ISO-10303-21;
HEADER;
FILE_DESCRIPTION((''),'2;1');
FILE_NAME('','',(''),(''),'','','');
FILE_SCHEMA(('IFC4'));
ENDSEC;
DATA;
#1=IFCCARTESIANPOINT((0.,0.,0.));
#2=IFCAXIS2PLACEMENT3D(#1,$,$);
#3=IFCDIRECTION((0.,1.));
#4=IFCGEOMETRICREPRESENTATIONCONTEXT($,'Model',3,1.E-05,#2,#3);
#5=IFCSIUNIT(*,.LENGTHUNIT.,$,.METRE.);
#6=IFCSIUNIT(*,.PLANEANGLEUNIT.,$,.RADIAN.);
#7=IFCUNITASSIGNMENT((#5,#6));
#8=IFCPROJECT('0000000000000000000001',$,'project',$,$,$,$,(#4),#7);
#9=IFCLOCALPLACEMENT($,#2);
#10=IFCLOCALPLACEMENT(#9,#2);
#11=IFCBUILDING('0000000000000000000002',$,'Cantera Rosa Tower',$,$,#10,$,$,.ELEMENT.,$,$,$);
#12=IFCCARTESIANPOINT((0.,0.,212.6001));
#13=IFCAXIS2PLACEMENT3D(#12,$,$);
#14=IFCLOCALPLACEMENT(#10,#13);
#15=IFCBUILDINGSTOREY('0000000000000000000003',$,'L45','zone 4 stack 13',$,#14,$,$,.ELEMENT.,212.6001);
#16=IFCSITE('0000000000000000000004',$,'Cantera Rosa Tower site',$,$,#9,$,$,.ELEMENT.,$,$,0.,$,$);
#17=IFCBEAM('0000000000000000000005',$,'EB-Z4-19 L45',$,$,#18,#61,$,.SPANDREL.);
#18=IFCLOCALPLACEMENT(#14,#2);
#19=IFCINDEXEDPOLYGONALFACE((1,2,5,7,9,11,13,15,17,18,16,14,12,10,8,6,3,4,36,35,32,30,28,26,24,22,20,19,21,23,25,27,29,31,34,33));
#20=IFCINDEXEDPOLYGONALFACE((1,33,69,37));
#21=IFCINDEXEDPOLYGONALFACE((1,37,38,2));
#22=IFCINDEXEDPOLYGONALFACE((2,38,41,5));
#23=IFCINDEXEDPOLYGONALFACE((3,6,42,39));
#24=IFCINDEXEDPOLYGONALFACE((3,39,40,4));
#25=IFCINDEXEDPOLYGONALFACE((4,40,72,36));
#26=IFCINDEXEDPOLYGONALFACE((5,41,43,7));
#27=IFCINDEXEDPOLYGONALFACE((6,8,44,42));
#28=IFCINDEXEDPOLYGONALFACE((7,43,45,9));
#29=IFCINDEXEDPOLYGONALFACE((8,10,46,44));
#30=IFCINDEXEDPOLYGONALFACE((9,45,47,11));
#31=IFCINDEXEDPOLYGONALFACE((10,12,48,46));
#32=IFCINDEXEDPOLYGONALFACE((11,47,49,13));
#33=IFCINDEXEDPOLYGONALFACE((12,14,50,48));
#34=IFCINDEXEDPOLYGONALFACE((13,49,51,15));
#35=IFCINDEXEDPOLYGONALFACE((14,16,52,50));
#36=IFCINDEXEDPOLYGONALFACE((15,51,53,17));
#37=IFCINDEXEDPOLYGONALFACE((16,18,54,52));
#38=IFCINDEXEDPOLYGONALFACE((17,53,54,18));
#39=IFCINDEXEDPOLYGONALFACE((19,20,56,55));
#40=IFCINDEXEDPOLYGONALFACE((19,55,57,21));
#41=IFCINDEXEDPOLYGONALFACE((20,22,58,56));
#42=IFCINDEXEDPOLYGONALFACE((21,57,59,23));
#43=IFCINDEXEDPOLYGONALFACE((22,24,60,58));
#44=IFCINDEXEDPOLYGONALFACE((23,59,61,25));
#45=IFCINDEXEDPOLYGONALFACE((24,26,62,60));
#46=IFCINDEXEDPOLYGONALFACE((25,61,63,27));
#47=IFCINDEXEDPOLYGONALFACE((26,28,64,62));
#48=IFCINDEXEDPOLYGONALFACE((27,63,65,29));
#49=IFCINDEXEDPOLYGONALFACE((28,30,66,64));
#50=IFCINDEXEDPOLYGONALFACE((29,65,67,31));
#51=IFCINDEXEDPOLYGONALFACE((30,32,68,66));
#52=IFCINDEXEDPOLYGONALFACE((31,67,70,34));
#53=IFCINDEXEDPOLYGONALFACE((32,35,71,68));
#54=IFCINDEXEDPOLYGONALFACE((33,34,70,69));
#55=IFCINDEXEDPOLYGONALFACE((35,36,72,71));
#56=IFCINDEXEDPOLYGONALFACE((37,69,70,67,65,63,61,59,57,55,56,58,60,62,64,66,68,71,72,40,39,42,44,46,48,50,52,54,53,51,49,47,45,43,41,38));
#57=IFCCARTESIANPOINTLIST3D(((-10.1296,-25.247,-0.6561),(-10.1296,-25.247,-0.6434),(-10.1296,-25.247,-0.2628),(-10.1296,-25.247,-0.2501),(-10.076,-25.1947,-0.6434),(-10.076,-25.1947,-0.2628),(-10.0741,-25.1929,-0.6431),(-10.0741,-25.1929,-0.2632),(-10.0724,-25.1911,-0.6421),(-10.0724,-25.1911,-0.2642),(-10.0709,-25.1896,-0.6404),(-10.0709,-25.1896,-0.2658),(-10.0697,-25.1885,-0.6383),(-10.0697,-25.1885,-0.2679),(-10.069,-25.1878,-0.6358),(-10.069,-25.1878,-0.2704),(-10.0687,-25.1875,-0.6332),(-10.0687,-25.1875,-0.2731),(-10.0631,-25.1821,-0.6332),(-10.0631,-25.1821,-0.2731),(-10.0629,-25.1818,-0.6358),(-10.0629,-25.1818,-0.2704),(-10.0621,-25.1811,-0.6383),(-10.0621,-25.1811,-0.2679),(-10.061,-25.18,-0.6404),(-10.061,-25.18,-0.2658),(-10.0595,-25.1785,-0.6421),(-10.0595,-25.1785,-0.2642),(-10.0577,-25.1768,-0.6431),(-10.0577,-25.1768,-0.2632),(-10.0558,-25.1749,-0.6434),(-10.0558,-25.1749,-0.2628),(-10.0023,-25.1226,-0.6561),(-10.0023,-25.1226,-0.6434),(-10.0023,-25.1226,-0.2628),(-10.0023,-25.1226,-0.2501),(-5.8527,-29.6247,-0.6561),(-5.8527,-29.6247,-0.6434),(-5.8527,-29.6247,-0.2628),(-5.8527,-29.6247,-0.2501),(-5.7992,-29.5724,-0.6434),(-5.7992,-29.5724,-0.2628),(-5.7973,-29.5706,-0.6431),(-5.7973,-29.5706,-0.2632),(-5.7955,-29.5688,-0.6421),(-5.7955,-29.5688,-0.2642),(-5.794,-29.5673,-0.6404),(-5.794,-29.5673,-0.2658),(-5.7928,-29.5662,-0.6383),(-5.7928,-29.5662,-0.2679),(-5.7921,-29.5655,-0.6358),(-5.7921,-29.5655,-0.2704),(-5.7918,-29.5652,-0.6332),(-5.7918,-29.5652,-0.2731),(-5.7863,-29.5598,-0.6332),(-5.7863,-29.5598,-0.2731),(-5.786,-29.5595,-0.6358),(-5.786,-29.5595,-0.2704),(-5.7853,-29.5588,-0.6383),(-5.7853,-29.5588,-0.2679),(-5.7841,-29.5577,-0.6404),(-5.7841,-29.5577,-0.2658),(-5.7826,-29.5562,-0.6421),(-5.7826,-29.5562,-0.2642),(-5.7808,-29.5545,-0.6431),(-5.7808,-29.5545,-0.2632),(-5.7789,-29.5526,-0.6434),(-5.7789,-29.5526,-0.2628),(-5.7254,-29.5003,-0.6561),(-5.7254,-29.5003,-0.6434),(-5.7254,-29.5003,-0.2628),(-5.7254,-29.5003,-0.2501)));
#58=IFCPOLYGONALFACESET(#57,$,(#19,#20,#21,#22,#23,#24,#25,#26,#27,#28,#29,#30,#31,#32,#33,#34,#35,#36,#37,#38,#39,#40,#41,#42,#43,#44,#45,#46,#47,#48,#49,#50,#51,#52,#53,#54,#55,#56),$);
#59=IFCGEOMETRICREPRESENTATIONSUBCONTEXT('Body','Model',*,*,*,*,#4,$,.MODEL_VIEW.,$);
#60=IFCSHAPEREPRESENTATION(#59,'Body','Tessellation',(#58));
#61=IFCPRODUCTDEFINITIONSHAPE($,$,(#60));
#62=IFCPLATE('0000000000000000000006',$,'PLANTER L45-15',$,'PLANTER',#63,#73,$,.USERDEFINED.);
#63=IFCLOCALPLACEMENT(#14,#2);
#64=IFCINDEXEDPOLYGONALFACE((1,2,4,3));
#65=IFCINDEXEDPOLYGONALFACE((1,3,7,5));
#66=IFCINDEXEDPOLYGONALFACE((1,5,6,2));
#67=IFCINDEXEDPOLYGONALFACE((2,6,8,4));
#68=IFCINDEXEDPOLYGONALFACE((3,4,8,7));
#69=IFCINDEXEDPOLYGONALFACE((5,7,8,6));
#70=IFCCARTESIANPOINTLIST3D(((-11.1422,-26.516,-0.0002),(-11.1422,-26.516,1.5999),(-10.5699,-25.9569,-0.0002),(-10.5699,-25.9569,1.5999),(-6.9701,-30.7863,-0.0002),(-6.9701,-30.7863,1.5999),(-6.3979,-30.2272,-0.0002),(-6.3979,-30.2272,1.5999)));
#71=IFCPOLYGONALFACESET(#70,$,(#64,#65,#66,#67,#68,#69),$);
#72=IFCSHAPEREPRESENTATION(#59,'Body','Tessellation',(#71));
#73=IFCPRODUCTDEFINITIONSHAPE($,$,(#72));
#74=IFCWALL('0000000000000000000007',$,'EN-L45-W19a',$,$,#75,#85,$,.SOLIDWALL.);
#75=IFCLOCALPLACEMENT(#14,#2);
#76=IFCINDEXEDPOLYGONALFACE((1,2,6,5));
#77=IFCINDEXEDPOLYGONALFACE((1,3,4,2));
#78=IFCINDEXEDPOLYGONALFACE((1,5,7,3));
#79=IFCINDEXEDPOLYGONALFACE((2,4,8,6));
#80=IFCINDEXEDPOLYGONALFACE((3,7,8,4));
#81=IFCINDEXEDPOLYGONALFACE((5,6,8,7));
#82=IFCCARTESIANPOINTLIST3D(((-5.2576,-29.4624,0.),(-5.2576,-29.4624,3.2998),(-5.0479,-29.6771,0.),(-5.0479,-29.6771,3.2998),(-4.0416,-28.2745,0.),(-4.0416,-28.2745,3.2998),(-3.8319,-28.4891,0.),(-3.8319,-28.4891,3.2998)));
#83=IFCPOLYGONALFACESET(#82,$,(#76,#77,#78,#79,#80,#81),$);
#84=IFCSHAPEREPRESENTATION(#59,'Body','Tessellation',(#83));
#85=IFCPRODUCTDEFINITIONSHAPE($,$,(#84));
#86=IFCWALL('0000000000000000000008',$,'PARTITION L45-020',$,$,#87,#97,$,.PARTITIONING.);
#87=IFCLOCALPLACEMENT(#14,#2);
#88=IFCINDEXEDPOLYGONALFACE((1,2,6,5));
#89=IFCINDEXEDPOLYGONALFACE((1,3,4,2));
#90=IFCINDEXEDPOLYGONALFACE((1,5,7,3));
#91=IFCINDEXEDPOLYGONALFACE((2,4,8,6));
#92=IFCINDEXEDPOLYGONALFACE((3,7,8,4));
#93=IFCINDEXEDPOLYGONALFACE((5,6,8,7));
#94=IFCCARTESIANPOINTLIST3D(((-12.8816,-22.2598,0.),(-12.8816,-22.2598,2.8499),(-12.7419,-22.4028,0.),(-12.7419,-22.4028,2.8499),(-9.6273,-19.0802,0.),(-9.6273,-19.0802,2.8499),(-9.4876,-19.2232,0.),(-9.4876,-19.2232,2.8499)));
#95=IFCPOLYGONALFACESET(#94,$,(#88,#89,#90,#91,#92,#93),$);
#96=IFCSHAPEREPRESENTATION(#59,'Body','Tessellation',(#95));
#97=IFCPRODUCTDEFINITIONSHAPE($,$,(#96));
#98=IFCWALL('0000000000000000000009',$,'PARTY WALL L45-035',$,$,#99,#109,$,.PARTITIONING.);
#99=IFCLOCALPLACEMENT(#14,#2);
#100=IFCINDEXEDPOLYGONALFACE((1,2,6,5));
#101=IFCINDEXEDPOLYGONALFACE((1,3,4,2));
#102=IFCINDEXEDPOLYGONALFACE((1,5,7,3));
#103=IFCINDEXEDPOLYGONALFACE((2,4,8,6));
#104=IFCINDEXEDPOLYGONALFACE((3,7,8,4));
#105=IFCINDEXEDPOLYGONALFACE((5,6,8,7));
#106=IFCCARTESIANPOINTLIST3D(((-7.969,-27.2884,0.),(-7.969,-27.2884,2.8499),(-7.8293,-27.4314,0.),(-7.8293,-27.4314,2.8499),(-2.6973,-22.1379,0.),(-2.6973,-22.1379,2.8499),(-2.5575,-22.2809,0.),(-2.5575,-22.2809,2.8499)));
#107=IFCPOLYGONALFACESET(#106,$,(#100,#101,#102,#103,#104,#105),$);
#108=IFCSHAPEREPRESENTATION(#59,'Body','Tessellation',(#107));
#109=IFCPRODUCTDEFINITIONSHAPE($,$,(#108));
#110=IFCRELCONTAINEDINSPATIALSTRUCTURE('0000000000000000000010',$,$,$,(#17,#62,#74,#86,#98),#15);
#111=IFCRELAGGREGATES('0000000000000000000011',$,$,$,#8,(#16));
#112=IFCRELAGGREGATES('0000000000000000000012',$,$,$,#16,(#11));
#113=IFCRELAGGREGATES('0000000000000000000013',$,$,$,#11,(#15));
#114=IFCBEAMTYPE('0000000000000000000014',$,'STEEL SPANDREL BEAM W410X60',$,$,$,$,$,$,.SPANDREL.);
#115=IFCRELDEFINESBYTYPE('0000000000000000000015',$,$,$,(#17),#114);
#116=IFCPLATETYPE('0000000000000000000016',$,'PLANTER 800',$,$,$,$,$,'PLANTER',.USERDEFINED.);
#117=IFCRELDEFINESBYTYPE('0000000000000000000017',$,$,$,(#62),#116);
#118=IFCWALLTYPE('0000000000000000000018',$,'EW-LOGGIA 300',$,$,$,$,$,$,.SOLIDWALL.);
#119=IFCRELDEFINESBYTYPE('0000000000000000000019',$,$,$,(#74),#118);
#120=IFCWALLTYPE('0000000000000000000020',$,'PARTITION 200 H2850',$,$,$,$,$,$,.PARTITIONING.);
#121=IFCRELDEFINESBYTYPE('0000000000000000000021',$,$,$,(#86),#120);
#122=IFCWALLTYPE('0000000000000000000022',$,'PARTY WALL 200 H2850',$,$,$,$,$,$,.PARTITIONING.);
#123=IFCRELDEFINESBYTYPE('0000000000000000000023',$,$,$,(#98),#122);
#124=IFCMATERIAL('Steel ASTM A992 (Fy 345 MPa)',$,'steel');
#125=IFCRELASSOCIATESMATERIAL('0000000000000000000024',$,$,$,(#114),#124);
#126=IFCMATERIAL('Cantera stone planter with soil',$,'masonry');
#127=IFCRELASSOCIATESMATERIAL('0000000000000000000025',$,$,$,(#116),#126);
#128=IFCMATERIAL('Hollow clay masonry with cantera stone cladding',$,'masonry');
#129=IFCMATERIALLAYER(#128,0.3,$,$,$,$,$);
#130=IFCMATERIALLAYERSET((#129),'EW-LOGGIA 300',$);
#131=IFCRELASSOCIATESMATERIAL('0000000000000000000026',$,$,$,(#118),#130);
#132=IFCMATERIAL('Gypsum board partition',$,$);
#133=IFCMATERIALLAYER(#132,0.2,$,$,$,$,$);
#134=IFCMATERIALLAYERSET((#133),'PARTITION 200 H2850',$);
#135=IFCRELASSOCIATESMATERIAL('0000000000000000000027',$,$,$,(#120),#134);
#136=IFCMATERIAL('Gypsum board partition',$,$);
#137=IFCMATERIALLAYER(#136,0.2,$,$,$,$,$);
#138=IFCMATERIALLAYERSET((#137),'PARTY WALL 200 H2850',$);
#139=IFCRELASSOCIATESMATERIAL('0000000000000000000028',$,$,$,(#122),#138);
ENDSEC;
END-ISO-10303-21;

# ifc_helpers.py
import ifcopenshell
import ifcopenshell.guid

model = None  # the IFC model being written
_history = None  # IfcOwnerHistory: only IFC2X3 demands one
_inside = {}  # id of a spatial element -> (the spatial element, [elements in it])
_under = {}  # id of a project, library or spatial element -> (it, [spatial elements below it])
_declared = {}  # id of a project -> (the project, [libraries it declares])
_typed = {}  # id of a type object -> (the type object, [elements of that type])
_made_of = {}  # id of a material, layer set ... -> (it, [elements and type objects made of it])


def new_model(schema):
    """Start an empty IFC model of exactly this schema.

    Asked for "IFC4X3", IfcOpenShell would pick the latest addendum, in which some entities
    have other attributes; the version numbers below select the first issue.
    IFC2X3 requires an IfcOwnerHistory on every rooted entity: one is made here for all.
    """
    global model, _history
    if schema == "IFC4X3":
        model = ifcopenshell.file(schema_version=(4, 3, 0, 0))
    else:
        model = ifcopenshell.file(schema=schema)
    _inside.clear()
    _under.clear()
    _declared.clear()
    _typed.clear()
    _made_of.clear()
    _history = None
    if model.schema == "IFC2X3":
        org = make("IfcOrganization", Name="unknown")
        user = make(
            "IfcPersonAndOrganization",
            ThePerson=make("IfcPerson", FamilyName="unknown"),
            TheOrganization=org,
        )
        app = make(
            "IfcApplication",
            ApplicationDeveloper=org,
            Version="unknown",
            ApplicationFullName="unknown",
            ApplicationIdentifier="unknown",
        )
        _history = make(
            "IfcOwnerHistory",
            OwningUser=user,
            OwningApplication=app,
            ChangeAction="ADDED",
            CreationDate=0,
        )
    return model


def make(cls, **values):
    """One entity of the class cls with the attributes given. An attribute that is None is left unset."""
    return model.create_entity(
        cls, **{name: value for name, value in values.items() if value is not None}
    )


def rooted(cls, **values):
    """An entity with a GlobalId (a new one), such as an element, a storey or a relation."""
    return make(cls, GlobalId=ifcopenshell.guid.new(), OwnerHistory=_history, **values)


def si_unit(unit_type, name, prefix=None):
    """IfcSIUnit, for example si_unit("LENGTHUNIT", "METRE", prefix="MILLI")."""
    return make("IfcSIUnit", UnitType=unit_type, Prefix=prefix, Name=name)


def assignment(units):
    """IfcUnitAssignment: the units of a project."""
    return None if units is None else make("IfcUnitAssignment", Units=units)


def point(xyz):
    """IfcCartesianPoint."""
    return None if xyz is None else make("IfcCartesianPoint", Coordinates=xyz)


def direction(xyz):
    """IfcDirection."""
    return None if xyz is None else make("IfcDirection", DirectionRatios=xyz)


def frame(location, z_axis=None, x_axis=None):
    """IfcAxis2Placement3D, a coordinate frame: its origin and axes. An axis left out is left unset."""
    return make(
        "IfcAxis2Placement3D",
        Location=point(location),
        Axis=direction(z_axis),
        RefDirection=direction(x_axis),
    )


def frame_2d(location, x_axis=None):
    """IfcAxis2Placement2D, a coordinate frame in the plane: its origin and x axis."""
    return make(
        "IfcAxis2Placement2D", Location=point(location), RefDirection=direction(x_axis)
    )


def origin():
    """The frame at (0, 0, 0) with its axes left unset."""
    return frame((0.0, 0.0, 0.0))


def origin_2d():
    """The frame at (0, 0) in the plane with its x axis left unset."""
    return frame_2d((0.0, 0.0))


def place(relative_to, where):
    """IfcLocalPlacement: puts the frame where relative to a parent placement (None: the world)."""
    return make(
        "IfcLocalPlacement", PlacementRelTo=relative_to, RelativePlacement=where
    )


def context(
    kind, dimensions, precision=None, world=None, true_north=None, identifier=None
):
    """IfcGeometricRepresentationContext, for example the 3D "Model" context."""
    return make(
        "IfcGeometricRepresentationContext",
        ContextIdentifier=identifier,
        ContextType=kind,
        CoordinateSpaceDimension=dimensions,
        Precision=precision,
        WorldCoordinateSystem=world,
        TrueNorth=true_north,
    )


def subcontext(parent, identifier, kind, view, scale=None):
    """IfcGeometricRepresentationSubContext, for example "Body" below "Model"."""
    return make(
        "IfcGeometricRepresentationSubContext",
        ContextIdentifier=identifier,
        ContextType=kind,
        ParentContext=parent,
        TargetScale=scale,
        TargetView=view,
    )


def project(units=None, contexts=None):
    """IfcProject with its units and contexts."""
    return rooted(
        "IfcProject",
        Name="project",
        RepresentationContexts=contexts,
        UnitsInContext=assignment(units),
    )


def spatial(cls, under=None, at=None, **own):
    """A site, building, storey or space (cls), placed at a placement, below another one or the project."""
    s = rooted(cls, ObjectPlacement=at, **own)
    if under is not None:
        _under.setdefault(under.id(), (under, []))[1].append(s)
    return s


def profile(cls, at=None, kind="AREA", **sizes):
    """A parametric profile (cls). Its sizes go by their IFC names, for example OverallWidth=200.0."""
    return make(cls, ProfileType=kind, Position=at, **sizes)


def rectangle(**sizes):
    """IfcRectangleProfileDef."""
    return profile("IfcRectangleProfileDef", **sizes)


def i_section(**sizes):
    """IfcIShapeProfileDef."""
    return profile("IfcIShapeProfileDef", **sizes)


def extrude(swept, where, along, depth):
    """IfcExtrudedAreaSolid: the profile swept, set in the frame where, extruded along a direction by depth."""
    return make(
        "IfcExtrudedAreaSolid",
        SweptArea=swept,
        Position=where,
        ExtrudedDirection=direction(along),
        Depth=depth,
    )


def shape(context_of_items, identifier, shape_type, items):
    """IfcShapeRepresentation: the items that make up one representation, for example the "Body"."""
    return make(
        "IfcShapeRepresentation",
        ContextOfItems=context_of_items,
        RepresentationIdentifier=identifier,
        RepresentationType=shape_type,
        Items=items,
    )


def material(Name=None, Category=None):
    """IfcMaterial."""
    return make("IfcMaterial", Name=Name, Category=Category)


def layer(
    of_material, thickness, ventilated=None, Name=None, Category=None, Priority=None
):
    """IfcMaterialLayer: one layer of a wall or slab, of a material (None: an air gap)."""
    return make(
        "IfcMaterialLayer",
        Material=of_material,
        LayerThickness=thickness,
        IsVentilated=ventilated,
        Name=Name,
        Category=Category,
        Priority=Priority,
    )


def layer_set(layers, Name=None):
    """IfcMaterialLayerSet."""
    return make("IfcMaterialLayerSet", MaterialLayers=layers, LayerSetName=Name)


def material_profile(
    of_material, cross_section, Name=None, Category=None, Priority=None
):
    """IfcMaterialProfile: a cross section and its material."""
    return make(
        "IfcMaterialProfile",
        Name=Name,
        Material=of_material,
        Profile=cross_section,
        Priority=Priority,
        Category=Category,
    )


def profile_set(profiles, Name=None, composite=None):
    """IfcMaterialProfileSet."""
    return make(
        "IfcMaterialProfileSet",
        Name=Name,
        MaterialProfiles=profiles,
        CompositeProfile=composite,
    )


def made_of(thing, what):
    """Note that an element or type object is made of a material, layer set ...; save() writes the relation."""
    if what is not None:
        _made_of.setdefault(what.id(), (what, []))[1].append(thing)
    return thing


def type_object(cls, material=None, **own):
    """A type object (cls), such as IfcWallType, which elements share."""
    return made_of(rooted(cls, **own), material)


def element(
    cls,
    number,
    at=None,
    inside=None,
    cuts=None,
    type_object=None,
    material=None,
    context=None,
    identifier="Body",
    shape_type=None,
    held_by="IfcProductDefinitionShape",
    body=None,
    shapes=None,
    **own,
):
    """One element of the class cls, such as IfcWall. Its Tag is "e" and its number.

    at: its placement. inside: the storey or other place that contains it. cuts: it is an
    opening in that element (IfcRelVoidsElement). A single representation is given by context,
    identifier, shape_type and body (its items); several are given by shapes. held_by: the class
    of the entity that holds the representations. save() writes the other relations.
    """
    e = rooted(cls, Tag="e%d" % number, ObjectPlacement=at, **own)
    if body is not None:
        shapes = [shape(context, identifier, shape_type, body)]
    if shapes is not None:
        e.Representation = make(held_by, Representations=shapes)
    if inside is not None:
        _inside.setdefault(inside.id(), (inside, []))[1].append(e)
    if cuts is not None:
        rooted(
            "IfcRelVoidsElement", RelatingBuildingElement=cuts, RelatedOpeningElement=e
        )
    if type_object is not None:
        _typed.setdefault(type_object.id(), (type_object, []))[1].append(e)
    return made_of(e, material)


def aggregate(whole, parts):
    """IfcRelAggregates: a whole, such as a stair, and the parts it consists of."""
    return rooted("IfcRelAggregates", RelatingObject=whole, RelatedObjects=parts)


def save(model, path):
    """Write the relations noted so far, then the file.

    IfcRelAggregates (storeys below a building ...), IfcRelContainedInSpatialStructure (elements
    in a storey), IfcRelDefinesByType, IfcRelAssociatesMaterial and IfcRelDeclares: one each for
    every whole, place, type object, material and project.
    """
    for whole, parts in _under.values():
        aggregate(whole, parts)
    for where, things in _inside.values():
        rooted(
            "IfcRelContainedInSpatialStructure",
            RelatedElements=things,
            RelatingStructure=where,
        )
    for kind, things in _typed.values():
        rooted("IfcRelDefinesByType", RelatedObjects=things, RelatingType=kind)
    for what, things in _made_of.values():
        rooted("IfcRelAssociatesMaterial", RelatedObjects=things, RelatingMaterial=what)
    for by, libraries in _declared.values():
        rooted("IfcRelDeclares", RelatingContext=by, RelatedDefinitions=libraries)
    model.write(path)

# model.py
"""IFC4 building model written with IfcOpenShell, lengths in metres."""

from ifc_helpers import new_model, si_unit, direction, frame, frame_2d, origin, origin_2d, place, context, subcontext, project, spatial, rectangle, i_section, extrude, material, layer, layer_set, material_profile, profile_set, type_object, element, save


model = new_model("IFC4")

# Units and contexts
model_context = context("Model", 3, precision=1e-05, world=origin(), true_north=direction((0.0, 1.0)))
body_context = subcontext(model_context, "Body", "Model", "MODEL_VIEW")
ifc_project = project(units=[si_unit("LENGTHUNIT", "METRE"), si_unit("PLANEANGLEUNIT", "RADIAN")], contexts=[model_context])

# Site, building, storey
site_placement = place(None, origin())
site = spatial("IfcSite", under=ifc_project, at=site_placement, Name="Cantera Rosa Tower site", CompositionType="ELEMENT", RefElevation=0.0)
building_placement = place(site_placement, origin())
building = spatial("IfcBuilding", under=site, at=building_placement, Name="Cantera Rosa Tower", CompositionType="ELEMENT")
storey_placement = place(building_placement, frame((0.0, 0.0, 212.6001)))
storey = spatial("IfcBuildingStorey", under=building, at=storey_placement, Name="L45", Description="zone 4 stack 13", CompositionType="ELEMENT", Elevation=212.6001)

# Beam
ifc_material_1 = material(Name="Steel ASTM A992 (Fy 345 MPa)", Category="steel")
ifc_material_profile_1 = material_profile(ifc_material_1, i_section(OverallWidth=0.178, OverallDepth=0.406, WebThickness=0.0078, FlangeThickness=0.0127, FilletRadius=0.0103, at=origin_2d()), Name="W410X60")
ifc_profile_set_1 = profile_set([ifc_material_profile_1], Name="Steel ASTM A992 (Fy 345 MPa)")
beam_type_1 = type_object("IfcBeamType", Name="STEEL SPANDREL BEAM W410X60", PredefinedType="SPANDREL", material=ifc_profile_set_1)
beam_1_placement = place(storey_placement, frame((-10.0659, -25.1848, -0.4531), z_axis=(0.698821, -0.715296, 0.0), x_axis=(0.715296, 0.698821, 0.0)))
element("IfcBeam", 1, at=beam_1_placement, inside=storey, type_object=beam_type_1, Name="EB-Z4-19 L45", PredefinedType="SPANDREL", context=body_context, shape_type="SweptSolid", body=[
    extrude(i_section(OverallWidth=0.178, OverallDepth=0.406, WebThickness=0.0078, FlangeThickness=0.0127, FilletRadius=0.0103, at=origin_2d()), origin(), (0.0, 0.0, 1.0), 6.1201),
])

# Plate
ifc_material_2 = material(Name="Cantera stone planter with soil", Category="masonry")
plate_type = type_object("IfcPlateType", Name="PLANTER 800", ElementType="PLANTER", PredefinedType="USERDEFINED", material=ifc_material_2)
plate_placement = place(storey_placement, frame((-8.77, -28.3716, -0.0002), z_axis=(0.0, 0.0, 1.0), x_axis=(0.698832, -0.715286, 0.0)))
element("IfcPlate", 2, at=plate_placement, inside=storey, type_object=plate_type, Name="PLANTER L45-15", ObjectType="PLANTER", PredefinedType="USERDEFINED", context=body_context, shape_type="SweptSolid", body=[
    extrude(rectangle(XDim=5.97, YDim=0.8, at=origin_2d()), origin(), (0.0, 0.0, 1.0), 1.6001),
])

# Wall
ifc_material_3 = material(Name="Hollow clay masonry with cantera stone cladding", Category="masonry")
ifc_layer_1 = layer(ifc_material_3, 0.3)
ifc_layer_set_1 = layer_set([ifc_layer_1], Name="EW-LOGGIA 300")
wall_type_1 = type_object("IfcWallType", Name="EW-LOGGIA 300", PredefinedType="SOLIDWALL", material=ifc_layer_set_1)
wall_1_placement = place(storey_placement, frame((-5.1528, -29.5698, 0.0), z_axis=(0.0, 0.0, 1.0), x_axis=(0.715316, 0.698801, 0.0)))
element("IfcWall", 3, at=wall_1_placement, inside=storey, type_object=wall_type_1, Name="EN-L45-W19a", PredefinedType="SOLIDWALL", context=body_context, shape_type="SweptSolid", body=[
    extrude(rectangle(XDim=1.7, YDim=0.3, at=frame_2d((0.8501, 0.0))), origin(), (0.0, 0.0, 1.0), 3.2998),
])

# Walls
ifc_material_4 = material(Name="Gypsum board partition")
ifc_layer_2 = layer(ifc_material_4, 0.2)
ifc_layer_set_2 = layer_set([ifc_layer_2], Name="PARTITION 200 H2850")
wall_type_2 = type_object("IfcWallType", Name="PARTITION 200 H2850", PredefinedType="PARTITIONING", material=ifc_layer_set_2)
wall_2_placement = place(storey_placement, frame((-12.8118, -22.3313, 0.0), z_axis=(0.0, 0.0, 1.0), x_axis=(0.715269, 0.698849, 0.0)))
element("IfcWall", 4, at=wall_2_placement, inside=storey, type_object=wall_type_2, Name="PARTITION L45-020", PredefinedType="PARTITIONING", context=body_context, shape_type="SweptSolid", body=[
    extrude(rectangle(XDim=4.5498, YDim=0.2, at=frame_2d((2.2749, 0.0))), origin(), (0.0, 0.0, 1.0), 2.8499),
])
ifc_material_5 = material(Name="Gypsum board partition")
ifc_layer_3 = layer(ifc_material_5, 0.2)
ifc_layer_set_3 = layer_set([ifc_layer_3], Name="PARTY WALL 200 H2850")
wall_type_3 = type_object("IfcWallType", Name="PARTY WALL 200 H2850", PredefinedType="PARTITIONING", material=ifc_layer_set_3)
wall_3_placement = place(storey_placement, frame((-7.8992, -27.3599, 0.0), z_axis=(0.0, 0.0, 1.0), x_axis=(0.715291, 0.698827, 0.0)))
element("IfcWall", 5, at=wall_3_placement, inside=storey, type_object=wall_type_3, Name="PARTY WALL L45-035", PredefinedType="PARTITIONING", context=body_context, shape_type="SweptSolid", body=[
    extrude(rectangle(XDim=7.3701, YDim=0.2, at=frame_2d((3.6851, 0.0))), origin(), (0.0, 0.0, 1.0), 2.8499),
])

save(model, "model.ifc")
